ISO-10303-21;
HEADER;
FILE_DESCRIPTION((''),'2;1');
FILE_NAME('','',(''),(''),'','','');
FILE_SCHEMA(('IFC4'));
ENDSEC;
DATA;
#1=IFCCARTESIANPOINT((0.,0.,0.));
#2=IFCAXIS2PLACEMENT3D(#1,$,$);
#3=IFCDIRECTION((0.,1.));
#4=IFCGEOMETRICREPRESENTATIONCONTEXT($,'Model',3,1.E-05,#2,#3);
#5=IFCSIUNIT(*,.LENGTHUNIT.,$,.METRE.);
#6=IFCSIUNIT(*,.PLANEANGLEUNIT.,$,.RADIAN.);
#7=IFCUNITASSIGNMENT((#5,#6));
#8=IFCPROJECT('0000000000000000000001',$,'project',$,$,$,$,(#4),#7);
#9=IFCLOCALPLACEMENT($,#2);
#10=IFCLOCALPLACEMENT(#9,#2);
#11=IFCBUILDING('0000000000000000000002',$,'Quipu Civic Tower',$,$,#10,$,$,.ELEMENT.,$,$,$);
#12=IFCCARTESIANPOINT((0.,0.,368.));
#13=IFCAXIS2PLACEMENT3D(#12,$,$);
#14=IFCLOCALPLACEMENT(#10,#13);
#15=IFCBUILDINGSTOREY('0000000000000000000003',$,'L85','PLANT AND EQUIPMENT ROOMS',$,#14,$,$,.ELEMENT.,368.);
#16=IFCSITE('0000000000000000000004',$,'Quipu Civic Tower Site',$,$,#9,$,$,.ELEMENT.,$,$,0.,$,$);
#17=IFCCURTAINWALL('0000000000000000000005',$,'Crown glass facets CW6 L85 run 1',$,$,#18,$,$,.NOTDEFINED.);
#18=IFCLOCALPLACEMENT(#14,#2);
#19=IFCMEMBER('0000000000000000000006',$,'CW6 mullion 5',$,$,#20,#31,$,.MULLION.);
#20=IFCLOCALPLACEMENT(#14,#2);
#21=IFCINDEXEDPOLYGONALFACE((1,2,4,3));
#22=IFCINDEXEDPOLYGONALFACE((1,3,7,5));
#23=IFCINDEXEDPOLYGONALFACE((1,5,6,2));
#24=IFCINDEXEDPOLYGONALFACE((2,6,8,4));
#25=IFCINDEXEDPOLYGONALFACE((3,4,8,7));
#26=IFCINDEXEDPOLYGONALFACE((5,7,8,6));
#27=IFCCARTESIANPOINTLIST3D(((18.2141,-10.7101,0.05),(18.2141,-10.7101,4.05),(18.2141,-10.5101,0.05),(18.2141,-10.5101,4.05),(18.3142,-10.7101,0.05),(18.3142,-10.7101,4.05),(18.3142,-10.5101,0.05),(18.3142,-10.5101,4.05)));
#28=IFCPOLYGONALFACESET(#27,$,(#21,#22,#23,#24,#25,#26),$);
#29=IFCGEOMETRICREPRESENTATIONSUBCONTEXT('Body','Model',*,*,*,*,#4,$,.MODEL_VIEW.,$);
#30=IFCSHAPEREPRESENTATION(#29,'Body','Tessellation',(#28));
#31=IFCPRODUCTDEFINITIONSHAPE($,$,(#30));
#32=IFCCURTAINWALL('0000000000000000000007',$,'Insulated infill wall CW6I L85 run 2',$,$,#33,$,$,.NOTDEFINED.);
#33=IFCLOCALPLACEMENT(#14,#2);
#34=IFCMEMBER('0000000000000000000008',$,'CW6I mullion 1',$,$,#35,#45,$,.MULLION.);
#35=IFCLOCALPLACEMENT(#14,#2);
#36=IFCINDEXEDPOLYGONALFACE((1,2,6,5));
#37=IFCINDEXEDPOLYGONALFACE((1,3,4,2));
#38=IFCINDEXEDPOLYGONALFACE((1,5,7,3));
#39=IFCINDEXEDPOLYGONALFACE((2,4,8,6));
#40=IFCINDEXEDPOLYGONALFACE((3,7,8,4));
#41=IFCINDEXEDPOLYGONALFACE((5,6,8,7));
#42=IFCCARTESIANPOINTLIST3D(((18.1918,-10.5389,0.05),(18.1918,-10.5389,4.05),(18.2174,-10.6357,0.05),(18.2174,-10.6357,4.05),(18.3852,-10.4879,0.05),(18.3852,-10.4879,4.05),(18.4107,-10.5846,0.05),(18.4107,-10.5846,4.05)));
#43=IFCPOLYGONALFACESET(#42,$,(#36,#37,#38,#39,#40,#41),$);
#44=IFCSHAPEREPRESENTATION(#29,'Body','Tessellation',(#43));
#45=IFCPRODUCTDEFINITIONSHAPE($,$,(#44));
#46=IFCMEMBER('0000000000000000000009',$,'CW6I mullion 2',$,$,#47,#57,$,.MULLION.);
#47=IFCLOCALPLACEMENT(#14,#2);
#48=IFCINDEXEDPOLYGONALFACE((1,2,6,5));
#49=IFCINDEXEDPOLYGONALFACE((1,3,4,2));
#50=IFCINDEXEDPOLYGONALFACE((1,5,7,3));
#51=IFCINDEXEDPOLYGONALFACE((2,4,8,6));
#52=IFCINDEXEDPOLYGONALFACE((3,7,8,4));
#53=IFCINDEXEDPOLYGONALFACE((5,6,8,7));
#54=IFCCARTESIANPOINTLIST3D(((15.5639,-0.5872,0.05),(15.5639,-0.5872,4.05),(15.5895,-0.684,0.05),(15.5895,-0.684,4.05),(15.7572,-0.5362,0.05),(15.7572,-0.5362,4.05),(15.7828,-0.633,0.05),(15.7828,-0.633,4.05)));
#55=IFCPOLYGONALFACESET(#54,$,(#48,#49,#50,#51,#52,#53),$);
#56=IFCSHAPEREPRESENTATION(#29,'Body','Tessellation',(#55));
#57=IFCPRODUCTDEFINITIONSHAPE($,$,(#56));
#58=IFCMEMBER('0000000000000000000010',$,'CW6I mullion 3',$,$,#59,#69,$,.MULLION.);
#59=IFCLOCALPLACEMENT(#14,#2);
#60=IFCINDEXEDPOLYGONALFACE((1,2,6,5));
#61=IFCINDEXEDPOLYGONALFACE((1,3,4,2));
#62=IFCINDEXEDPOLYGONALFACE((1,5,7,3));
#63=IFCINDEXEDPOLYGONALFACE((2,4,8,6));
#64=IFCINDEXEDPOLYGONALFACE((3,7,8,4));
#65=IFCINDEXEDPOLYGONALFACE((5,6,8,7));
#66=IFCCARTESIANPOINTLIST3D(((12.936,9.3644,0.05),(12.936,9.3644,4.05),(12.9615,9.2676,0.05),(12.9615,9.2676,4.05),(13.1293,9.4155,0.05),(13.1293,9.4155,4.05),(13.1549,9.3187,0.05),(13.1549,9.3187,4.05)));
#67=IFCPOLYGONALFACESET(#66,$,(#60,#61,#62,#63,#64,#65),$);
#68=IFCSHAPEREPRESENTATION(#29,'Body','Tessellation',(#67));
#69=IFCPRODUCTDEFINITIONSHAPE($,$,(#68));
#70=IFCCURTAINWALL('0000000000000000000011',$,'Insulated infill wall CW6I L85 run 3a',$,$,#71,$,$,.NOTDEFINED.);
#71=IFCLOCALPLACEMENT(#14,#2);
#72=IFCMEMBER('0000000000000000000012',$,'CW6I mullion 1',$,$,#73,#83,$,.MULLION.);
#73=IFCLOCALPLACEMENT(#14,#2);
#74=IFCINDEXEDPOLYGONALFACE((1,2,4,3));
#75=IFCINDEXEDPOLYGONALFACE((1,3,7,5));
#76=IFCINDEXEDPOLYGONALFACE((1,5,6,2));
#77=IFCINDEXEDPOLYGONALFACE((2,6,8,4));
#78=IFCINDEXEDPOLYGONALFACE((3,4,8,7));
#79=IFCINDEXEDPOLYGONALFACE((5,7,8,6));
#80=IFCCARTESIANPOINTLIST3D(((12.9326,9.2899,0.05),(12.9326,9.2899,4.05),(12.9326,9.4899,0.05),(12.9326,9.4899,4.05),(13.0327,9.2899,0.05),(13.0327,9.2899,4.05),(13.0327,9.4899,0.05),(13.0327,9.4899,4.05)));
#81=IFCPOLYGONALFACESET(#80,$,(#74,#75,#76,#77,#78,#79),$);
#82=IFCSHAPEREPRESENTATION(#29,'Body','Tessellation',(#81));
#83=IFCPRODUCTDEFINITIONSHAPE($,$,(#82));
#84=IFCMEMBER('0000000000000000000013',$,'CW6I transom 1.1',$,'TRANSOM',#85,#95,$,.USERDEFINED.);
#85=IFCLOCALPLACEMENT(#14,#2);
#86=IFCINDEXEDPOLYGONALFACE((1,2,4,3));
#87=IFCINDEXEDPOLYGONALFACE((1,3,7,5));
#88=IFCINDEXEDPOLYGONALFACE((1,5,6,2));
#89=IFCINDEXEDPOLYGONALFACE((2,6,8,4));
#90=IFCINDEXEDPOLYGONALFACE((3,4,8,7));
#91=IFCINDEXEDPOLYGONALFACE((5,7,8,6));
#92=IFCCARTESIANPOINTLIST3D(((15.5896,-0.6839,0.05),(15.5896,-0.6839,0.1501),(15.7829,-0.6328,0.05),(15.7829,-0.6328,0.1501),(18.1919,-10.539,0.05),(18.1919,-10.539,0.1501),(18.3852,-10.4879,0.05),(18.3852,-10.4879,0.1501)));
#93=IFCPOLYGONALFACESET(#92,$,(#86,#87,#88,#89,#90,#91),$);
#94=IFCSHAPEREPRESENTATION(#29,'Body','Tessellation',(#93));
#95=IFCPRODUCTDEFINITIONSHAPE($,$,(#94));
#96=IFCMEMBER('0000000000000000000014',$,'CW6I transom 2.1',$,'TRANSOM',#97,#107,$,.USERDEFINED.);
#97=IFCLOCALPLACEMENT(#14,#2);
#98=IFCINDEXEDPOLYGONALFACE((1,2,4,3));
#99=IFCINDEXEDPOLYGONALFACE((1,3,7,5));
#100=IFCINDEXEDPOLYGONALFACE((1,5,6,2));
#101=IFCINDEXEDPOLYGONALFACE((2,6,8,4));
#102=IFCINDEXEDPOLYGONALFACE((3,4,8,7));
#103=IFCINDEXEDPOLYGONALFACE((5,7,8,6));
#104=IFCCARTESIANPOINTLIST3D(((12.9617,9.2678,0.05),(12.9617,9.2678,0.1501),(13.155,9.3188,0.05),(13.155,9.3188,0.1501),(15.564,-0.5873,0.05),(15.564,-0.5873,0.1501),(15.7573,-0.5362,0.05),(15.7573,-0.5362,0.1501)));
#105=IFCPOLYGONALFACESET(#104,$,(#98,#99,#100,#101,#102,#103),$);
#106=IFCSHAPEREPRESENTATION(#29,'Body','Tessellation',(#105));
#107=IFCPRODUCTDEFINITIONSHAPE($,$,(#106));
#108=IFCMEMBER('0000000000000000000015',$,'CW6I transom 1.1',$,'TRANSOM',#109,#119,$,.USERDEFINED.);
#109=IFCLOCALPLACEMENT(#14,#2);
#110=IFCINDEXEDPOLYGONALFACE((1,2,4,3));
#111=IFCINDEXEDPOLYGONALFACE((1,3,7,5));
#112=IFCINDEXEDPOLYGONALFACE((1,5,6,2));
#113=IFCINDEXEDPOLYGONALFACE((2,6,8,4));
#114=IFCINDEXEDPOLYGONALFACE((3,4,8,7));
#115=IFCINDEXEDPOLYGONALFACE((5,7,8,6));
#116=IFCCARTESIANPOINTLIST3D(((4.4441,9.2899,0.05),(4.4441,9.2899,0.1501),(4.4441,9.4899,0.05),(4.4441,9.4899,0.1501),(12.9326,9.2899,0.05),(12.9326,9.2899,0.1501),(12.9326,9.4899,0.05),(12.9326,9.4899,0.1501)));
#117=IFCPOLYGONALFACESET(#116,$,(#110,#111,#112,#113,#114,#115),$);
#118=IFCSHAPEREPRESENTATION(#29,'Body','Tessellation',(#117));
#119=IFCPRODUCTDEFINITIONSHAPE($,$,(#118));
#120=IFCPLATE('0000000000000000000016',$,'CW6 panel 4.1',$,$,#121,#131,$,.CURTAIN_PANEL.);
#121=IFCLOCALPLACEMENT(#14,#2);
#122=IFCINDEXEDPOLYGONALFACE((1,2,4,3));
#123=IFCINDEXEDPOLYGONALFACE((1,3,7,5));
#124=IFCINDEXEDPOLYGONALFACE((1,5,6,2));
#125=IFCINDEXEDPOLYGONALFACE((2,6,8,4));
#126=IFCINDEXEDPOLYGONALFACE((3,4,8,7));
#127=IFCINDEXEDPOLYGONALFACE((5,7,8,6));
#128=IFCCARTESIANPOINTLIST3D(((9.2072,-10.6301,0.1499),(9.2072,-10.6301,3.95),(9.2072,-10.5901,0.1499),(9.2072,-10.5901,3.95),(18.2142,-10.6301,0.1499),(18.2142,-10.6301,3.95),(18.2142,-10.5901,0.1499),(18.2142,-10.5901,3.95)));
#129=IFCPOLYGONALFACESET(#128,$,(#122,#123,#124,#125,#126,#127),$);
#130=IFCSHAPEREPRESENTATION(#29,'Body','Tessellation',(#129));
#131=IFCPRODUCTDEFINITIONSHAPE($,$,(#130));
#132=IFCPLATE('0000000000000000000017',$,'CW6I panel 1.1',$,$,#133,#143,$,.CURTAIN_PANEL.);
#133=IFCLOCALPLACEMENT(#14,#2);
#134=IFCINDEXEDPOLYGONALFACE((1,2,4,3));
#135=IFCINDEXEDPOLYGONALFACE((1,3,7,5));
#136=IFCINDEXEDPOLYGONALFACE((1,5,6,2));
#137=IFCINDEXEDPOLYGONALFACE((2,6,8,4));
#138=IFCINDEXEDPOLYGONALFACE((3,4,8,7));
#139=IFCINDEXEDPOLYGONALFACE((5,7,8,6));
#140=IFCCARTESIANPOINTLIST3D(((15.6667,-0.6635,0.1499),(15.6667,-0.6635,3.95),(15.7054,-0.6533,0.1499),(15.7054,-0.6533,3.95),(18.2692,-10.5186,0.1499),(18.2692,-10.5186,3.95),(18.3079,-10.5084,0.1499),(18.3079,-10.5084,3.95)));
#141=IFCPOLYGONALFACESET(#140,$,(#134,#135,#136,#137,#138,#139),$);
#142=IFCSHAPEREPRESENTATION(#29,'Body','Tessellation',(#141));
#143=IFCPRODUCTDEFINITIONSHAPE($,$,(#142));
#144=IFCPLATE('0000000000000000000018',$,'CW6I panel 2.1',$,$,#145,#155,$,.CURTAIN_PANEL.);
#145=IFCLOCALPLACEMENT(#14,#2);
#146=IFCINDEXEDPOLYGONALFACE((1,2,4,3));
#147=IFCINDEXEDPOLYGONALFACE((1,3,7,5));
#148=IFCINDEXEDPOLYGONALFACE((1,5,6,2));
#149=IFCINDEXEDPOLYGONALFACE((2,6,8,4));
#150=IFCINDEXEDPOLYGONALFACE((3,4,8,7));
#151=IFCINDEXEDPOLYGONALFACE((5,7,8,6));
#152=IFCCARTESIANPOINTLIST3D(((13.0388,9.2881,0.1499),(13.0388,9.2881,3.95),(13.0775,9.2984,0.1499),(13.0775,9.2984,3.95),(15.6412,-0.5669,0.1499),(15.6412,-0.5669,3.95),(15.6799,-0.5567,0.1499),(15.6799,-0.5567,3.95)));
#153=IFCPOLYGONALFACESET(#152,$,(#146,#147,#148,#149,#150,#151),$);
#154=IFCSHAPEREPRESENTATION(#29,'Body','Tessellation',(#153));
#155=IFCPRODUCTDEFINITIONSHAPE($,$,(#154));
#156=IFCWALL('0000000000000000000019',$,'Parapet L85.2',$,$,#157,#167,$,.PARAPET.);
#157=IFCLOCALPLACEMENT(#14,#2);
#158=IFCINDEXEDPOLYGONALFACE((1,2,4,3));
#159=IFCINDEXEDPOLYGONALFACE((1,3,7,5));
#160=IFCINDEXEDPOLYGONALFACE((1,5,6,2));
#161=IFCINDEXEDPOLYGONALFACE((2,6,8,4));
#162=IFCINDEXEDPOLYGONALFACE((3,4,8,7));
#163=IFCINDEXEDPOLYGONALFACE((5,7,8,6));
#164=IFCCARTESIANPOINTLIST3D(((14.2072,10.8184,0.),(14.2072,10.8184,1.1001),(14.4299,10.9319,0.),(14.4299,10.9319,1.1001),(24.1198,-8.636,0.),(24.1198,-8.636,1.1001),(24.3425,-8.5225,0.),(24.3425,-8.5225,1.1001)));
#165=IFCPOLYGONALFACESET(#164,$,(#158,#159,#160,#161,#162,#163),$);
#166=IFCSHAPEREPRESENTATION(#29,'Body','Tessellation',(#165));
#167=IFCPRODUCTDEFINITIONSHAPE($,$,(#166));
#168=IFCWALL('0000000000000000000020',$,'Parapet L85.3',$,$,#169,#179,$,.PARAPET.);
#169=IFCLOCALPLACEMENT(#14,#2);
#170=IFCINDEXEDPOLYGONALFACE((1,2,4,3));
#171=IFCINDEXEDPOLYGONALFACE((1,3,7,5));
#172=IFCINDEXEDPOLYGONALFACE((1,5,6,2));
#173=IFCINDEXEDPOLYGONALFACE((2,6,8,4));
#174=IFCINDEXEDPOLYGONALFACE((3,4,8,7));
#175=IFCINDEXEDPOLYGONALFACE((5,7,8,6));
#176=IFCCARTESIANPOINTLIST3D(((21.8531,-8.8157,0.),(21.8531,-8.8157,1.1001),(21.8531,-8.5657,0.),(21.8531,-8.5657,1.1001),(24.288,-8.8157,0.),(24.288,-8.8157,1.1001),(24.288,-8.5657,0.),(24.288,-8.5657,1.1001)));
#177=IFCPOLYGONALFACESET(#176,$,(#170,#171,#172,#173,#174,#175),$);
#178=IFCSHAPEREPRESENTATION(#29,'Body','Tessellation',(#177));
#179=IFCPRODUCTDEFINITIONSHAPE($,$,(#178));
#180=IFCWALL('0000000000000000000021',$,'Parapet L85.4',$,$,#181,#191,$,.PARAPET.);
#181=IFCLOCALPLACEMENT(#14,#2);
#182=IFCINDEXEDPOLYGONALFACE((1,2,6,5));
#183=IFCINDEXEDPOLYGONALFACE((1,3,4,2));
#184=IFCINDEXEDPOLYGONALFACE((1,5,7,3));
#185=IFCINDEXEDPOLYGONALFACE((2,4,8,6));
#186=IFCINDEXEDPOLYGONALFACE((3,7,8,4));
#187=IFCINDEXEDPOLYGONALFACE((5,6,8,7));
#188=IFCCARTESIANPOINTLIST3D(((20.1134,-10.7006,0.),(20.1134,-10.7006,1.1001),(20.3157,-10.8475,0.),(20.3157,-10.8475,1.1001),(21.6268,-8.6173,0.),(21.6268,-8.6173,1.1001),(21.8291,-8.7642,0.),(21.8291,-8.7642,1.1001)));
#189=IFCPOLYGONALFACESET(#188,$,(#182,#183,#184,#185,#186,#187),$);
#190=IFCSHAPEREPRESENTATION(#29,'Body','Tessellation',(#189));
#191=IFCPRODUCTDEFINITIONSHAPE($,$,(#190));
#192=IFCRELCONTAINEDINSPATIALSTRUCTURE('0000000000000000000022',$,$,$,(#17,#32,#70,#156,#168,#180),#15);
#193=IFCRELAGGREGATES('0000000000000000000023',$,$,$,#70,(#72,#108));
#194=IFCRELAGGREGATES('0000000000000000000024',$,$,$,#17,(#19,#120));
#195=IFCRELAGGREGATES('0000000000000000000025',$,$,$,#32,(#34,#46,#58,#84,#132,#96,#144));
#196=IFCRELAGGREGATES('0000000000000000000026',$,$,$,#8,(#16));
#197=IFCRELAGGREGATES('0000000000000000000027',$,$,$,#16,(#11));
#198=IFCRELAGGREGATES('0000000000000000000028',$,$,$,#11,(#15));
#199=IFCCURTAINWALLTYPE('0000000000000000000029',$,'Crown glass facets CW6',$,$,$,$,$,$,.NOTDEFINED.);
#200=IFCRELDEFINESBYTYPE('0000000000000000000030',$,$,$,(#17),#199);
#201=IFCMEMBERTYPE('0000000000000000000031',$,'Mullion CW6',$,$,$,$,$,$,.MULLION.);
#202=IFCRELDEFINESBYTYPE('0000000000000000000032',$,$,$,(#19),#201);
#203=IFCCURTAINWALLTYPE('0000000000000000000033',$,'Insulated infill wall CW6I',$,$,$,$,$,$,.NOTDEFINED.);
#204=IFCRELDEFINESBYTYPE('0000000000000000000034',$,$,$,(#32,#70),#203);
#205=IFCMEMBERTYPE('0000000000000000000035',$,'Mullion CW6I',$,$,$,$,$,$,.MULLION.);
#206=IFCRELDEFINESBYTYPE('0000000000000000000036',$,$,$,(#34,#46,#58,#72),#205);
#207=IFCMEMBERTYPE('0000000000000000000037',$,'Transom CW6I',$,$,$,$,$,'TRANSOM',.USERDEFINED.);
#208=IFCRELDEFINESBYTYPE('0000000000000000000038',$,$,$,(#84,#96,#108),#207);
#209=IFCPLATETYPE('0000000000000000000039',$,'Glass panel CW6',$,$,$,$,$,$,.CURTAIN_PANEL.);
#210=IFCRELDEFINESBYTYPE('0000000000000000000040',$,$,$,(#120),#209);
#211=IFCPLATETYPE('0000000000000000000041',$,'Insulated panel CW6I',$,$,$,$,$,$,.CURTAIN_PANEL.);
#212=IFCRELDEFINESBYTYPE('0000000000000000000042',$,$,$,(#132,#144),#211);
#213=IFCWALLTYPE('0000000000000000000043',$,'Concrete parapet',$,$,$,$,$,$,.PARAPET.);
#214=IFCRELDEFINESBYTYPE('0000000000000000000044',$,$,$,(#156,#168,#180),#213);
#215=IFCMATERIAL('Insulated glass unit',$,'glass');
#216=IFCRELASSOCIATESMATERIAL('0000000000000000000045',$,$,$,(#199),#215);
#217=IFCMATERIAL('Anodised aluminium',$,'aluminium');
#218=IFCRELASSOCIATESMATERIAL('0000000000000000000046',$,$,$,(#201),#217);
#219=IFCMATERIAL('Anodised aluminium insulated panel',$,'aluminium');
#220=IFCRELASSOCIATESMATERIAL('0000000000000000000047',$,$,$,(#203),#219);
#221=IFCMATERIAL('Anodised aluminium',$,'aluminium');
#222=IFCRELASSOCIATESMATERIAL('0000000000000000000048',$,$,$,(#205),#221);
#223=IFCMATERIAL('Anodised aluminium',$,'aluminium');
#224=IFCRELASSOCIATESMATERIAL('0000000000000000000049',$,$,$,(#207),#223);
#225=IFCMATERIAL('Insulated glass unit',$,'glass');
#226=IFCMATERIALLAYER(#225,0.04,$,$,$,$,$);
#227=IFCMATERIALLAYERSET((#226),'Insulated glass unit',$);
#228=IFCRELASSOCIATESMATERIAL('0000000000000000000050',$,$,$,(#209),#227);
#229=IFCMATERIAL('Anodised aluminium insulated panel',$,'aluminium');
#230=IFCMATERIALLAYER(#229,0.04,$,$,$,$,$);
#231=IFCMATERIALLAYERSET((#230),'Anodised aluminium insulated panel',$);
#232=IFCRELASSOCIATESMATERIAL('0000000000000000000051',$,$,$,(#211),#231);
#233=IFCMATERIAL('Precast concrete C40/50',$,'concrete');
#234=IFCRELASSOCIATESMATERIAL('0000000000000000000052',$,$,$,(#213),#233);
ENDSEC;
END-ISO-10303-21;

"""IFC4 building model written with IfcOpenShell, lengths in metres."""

from ifc_helpers import new_model, si_unit, direction, frame, frame_2d, origin, origin_2d, place, context, subcontext, project, spatial, rectangle, extrude, material, layer, layer_set, material_profile, profile_set, type_object, element, aggregate, save


model = new_model("IFC4")

# Units and contexts
model_context = context("Model", 3, precision=1e-05, world=origin(), true_north=direction((0.0, 1.0)))
body_context = subcontext(model_context, "Body", "Model", "MODEL_VIEW")
ifc_project = project(units=[si_unit("LENGTHUNIT", "METRE"), si_unit("PLANEANGLEUNIT", "RADIAN")], contexts=[model_context])

# Site, building, storey
site_placement = place(None, origin())
site = spatial("IfcSite", under=ifc_project, at=site_placement, Name="Quipu Civic Tower Site", CompositionType="ELEMENT", RefElevation=0.0)
building_placement = place(site_placement, origin())
building = spatial("IfcBuilding", under=site, at=building_placement, Name="Quipu Civic Tower", CompositionType="ELEMENT")
storey_placement = place(building_placement, frame((0.0, 0.0, 368.0)))
storey = spatial("IfcBuildingStorey", under=building, at=storey_placement, Name="L85", Description="PLANT AND EQUIPMENT ROOMS", CompositionType="ELEMENT", Elevation=368.0)

# Curtain wall, member
ifc_material_1 = material(Name="Insulated glass unit", Category="glass")
curtain_wall_type_1 = type_object("IfcCurtainWallType", Name="Crown glass facets CW6", PredefinedType="NOTDEFINED", material=ifc_material_1)
curtain_wall_1_placement = place(storey_placement, origin())
curtain_wall_1 = element("IfcCurtainWall", 1, at=curtain_wall_1_placement, inside=storey, type_object=curtain_wall_type_1, Name="Crown glass facets CW6 L85 run 1", PredefinedType="NOTDEFINED")
ifc_material_2 = material(Name="Anodised aluminium", Category="aluminium")
ifc_material_profile_1 = material_profile(ifc_material_2, rectangle(XDim=0.2, YDim=0.1001, at=origin_2d()), Name="RECT 200x100")
ifc_profile_set_1 = profile_set([ifc_material_profile_1], Name="Anodised aluminium")
member_type_1 = type_object("IfcMemberType", Name="Mullion CW6", PredefinedType="MULLION", material=ifc_profile_set_1)
member_1_placement = place(storey_placement, frame((18.2642, -10.6101, 0.05), z_axis=(0.0, 0.0, 1.0), x_axis=(0.0, 1.0, 0.0)))
member_1 = element("IfcMember", 2, at=member_1_placement, type_object=member_type_1, Name="CW6 mullion 5", PredefinedType="MULLION", context=body_context, shape_type="SweptSolid", body=[
    extrude(rectangle(XDim=0.2, YDim=0.1001, at=origin_2d()), origin(), (0.0, 0.0, 1.0), 4.0),
])

# Curtain wall, members
ifc_material_3 = material(Name="Anodised aluminium insulated panel", Category="aluminium")
curtain_wall_type_2 = type_object("IfcCurtainWallType", Name="Insulated infill wall CW6I", PredefinedType="NOTDEFINED", material=ifc_material_3)
curtain_wall_2_placement = place(storey_placement, origin())
curtain_wall_2 = element("IfcCurtainWall", 3, at=curtain_wall_2_placement, inside=storey, type_object=curtain_wall_type_2, Name="Insulated infill wall CW6I L85 run 2", PredefinedType="NOTDEFINED")
ifc_material_4 = material(Name="Anodised aluminium", Category="aluminium")
ifc_material_profile_2 = material_profile(ifc_material_4, rectangle(XDim=0.2, YDim=0.1001, at=origin_2d()), Name="RECT 200x100")
ifc_profile_set_2 = profile_set([ifc_material_profile_2], Name="Anodised aluminium")
member_type_2 = type_object("IfcMemberType", Name="Mullion CW6I", PredefinedType="MULLION", material=ifc_profile_set_2)
member_2_placement = place(storey_placement, frame((18.3013, -10.5618, 0.05), z_axis=(0.0, 0.0, 1.0), x_axis=(-0.966857, -0.255318, 0.0)))
member_2 = element("IfcMember", 4, at=member_2_placement, type_object=member_type_2, Name="CW6I mullion 1", PredefinedType="MULLION", context=body_context, shape_type="SweptSolid", body=[
    extrude(rectangle(XDim=0.2, YDim=0.1001, at=origin_2d()), origin(), (0.0, 0.0, 1.0), 4.0),
])
member_3_placement = place(storey_placement, frame((15.6733, -0.6101, 0.05), z_axis=(0.0, 0.0, 1.0), x_axis=(-0.966857, -0.255318, 0.0)))
member_3 = element("IfcMember", 5, at=member_3_placement, type_object=member_type_2, Name="CW6I mullion 2", PredefinedType="MULLION", context=body_context, shape_type="SweptSolid", body=[
    extrude(rectangle(XDim=0.2, YDim=0.1001, at=origin_2d()), origin(), (0.0, 0.0, 1.0), 4.0),
])
member_4_placement = place(storey_placement, frame((13.0454, 9.3416, 0.05), z_axis=(0.0, 0.0, 1.0), x_axis=(-0.966857, -0.255318, 0.0)))
member_4 = element("IfcMember", 6, at=member_4_placement, type_object=member_type_2, Name="CW6I mullion 3", PredefinedType="MULLION", context=body_context, shape_type="SweptSolid", body=[
    extrude(rectangle(XDim=0.2, YDim=0.1001, at=origin_2d()), origin(), (0.0, 0.0, 1.0), 4.0),
])

# Curtain wall, member
curtain_wall_3_placement = place(storey_placement, origin())
curtain_wall_3 = element("IfcCurtainWall", 7, at=curtain_wall_3_placement, inside=storey, type_object=curtain_wall_type_2, Name="Insulated infill wall CW6I L85 run 3a", PredefinedType="NOTDEFINED")
member_5_placement = place(storey_placement, frame((12.9827, 9.3899, 0.05), z_axis=(0.0, 0.0, 1.0), x_axis=(0.0, -1.0, 0.0)))
member_5 = element("IfcMember", 8, at=member_5_placement, type_object=member_type_2, Name="CW6I mullion 1", PredefinedType="MULLION", context=body_context, shape_type="SweptSolid", body=[
    extrude(rectangle(XDim=0.2, YDim=0.1001, at=origin_2d()), origin(), (0.0, 0.0, 1.0), 4.0),
])

# Members
ifc_material_5 = material(Name="Anodised aluminium", Category="aluminium")
ifc_material_profile_3 = material_profile(ifc_material_5, rectangle(XDim=0.2, YDim=0.1001, at=origin_2d()), Name="RECT 200x100")
ifc_profile_set_3 = profile_set([ifc_material_profile_3], Name="Anodised aluminium")
member_type_3 = type_object("IfcMemberType", Name="Transom CW6I", ElementType="TRANSOM", PredefinedType="USERDEFINED", material=ifc_profile_set_3)
member_6_placement = place(storey_placement, frame((18.2886, -10.5134, 0.1001), z_axis=(-0.255308, 0.96686, 0.0), x_axis=(-0.96686, -0.255308, 0.0)))
member_6 = element("IfcMember", 9, at=member_6_placement, type_object=member_type_3, Name="CW6I transom 1.1", ObjectType="TRANSOM", PredefinedType="USERDEFINED", context=body_context, shape_type="SweptSolid", body=[
    extrude(rectangle(XDim=0.2, YDim=0.1001, at=origin_2d()), origin(), (0.0, 0.0, 1.0), 10.1929),
])
member_7_placement = place(storey_placement, frame((15.6606, -0.5618, 0.1001), z_axis=(-0.255308, 0.96686, 0.0), x_axis=(-0.96686, -0.255308, 0.0)))
member_7 = element("IfcMember", 10, at=member_7_placement, type_object=member_type_3, Name="CW6I transom 2.1", ObjectType="TRANSOM", PredefinedType="USERDEFINED", context=body_context, shape_type="SweptSolid", body=[
    extrude(rectangle(XDim=0.2, YDim=0.1001, at=origin_2d()), origin(), (0.0, 0.0, 1.0), 10.1929),
])
member_8_placement = place(storey_placement, frame((12.9326, 9.3899, 0.1001), z_axis=(-1.0, 0.0, 0.0), x_axis=(0.0, -1.0, 0.0)))
member_8 = element("IfcMember", 11, at=member_8_placement, type_object=member_type_3, Name="CW6I transom 1.1", ObjectType="TRANSOM", PredefinedType="USERDEFINED", context=body_context, shape_type="SweptSolid", body=[
    extrude(rectangle(XDim=0.2, YDim=0.1001, at=origin_2d()), origin(), (0.0, 0.0, 1.0), 8.4885),
])
aggregate(curtain_wall_3, [member_5, member_8])

# Plates
ifc_material_6 = material(Name="Insulated glass unit", Category="glass")
ifc_layer_1 = layer(ifc_material_6, 0.04)
ifc_layer_set_1 = layer_set([ifc_layer_1], Name="Insulated glass unit")
plate_type_1 = type_object("IfcPlateType", Name="Glass panel CW6", PredefinedType="CURTAIN_PANEL", material=ifc_layer_set_1)
plate_1_placement = place(storey_placement, frame((13.7107, -10.6101, 0.1499), z_axis=(0.0, 0.0, 1.0), x_axis=(1.0, 0.0, 0.0)))
plate_1 = element("IfcPlate", 12, at=plate_1_placement, type_object=plate_type_1, Name="CW6 panel 4.1", PredefinedType="CURTAIN_PANEL", context=body_context, shape_type="SweptSolid", body=[
    extrude(rectangle(XDim=9.0071, YDim=0.04, at=origin_2d()), origin(), (0.0, 0.0, 1.0), 3.8),
])
aggregate(curtain_wall_1, [member_1, plate_1])
ifc_material_7 = material(Name="Anodised aluminium insulated panel", Category="aluminium")
ifc_layer_2 = layer(ifc_material_7, 0.04)
ifc_layer_set_2 = layer_set([ifc_layer_2], Name="Anodised aluminium insulated panel")
plate_type_2 = type_object("IfcPlateType", Name="Insulated panel CW6I", PredefinedType="CURTAIN_PANEL", material=ifc_layer_set_2)
plate_2_placement = place(storey_placement, frame((16.9873, -5.5859, 0.1499), z_axis=(0.0, 0.0, 1.0), x_axis=(-0.255318, 0.966857, 0.0)))
plate_2 = element("IfcPlate", 13, at=plate_2_placement, type_object=plate_type_2, Name="CW6I panel 1.1", PredefinedType="CURTAIN_PANEL", context=body_context, shape_type="SweptSolid", body=[
    extrude(rectangle(XDim=10.1929, YDim=0.04, at=origin_2d()), origin(), (0.0, 0.0, 1.0), 3.8),
])
plate_3_placement = place(storey_placement, frame((14.3594, 4.3657, 0.1499), z_axis=(0.0, 0.0, 1.0), x_axis=(-0.255318, 0.966857, 0.0)))
plate_3 = element("IfcPlate", 14, at=plate_3_placement, type_object=plate_type_2, Name="CW6I panel 2.1", PredefinedType="CURTAIN_PANEL", context=body_context, shape_type="SweptSolid", body=[
    extrude(rectangle(XDim=10.1929, YDim=0.04, at=origin_2d()), origin(), (0.0, 0.0, 1.0), 3.8),
])
aggregate(curtain_wall_2, [member_2, member_3, member_4, member_6, plate_2, member_7, plate_3])

# Walls
ifc_material_8 = material(Name="Precast concrete C40/50", Category="concrete")
wall_type = type_object("IfcWallType", Name="Concrete parapet", PredefinedType="PARAPET", material=ifc_material_8)
wall_1_placement = place(storey_placement, frame((14.3186, 10.875, 0.0), z_axis=(0.0, 0.0, 1.0), x_axis=(0.453995, -0.891004, 0.0)))
element("IfcWall", 15, at=wall_1_placement, inside=storey, type_object=wall_type, Name="Parapet L85.2", PredefinedType="PARAPET", context=body_context, shape_type="SweptSolid", body=[
    extrude(rectangle(XDim=21.8342, YDim=0.25, at=frame_2d((10.917, 0.0))), origin(), (0.0, 0.0, 1.0), 1.1001),
])
wall_2_placement = place(storey_placement, frame((24.2878, -8.6907, 0.0), z_axis=(0.0, 0.0, 1.0), x_axis=(-1.0, 0.0, 0.0)))
element("IfcWall", 16, at=wall_2_placement, inside=storey, type_object=wall_type, Name="Parapet L85.3", PredefinedType="PARAPET", context=body_context, shape_type="SweptSolid", body=[
    extrude(rectangle(XDim=2.4348, YDim=0.25, at=frame_2d((1.2173, 0.0))), origin(), (0.0, 0.0, 1.0), 1.1001),
])
wall_3_placement = place(storey_placement, frame((21.728, -8.6907, 0.0), z_axis=(0.0, 0.0, 1.0), x_axis=(-0.587749, -0.809043, 0.0)))
element("IfcWall", 17, at=wall_3_placement, inside=storey, type_object=wall_type, Name="Parapet L85.4", PredefinedType="PARAPET", context=body_context, shape_type="SweptSolid", body=[
    extrude(rectangle(XDim=2.575, YDim=0.25, at=frame_2d((1.2876, 0.0))), origin(), (0.0, 0.0, 1.0), 1.1001),
])

save(model, "model.ifc")
